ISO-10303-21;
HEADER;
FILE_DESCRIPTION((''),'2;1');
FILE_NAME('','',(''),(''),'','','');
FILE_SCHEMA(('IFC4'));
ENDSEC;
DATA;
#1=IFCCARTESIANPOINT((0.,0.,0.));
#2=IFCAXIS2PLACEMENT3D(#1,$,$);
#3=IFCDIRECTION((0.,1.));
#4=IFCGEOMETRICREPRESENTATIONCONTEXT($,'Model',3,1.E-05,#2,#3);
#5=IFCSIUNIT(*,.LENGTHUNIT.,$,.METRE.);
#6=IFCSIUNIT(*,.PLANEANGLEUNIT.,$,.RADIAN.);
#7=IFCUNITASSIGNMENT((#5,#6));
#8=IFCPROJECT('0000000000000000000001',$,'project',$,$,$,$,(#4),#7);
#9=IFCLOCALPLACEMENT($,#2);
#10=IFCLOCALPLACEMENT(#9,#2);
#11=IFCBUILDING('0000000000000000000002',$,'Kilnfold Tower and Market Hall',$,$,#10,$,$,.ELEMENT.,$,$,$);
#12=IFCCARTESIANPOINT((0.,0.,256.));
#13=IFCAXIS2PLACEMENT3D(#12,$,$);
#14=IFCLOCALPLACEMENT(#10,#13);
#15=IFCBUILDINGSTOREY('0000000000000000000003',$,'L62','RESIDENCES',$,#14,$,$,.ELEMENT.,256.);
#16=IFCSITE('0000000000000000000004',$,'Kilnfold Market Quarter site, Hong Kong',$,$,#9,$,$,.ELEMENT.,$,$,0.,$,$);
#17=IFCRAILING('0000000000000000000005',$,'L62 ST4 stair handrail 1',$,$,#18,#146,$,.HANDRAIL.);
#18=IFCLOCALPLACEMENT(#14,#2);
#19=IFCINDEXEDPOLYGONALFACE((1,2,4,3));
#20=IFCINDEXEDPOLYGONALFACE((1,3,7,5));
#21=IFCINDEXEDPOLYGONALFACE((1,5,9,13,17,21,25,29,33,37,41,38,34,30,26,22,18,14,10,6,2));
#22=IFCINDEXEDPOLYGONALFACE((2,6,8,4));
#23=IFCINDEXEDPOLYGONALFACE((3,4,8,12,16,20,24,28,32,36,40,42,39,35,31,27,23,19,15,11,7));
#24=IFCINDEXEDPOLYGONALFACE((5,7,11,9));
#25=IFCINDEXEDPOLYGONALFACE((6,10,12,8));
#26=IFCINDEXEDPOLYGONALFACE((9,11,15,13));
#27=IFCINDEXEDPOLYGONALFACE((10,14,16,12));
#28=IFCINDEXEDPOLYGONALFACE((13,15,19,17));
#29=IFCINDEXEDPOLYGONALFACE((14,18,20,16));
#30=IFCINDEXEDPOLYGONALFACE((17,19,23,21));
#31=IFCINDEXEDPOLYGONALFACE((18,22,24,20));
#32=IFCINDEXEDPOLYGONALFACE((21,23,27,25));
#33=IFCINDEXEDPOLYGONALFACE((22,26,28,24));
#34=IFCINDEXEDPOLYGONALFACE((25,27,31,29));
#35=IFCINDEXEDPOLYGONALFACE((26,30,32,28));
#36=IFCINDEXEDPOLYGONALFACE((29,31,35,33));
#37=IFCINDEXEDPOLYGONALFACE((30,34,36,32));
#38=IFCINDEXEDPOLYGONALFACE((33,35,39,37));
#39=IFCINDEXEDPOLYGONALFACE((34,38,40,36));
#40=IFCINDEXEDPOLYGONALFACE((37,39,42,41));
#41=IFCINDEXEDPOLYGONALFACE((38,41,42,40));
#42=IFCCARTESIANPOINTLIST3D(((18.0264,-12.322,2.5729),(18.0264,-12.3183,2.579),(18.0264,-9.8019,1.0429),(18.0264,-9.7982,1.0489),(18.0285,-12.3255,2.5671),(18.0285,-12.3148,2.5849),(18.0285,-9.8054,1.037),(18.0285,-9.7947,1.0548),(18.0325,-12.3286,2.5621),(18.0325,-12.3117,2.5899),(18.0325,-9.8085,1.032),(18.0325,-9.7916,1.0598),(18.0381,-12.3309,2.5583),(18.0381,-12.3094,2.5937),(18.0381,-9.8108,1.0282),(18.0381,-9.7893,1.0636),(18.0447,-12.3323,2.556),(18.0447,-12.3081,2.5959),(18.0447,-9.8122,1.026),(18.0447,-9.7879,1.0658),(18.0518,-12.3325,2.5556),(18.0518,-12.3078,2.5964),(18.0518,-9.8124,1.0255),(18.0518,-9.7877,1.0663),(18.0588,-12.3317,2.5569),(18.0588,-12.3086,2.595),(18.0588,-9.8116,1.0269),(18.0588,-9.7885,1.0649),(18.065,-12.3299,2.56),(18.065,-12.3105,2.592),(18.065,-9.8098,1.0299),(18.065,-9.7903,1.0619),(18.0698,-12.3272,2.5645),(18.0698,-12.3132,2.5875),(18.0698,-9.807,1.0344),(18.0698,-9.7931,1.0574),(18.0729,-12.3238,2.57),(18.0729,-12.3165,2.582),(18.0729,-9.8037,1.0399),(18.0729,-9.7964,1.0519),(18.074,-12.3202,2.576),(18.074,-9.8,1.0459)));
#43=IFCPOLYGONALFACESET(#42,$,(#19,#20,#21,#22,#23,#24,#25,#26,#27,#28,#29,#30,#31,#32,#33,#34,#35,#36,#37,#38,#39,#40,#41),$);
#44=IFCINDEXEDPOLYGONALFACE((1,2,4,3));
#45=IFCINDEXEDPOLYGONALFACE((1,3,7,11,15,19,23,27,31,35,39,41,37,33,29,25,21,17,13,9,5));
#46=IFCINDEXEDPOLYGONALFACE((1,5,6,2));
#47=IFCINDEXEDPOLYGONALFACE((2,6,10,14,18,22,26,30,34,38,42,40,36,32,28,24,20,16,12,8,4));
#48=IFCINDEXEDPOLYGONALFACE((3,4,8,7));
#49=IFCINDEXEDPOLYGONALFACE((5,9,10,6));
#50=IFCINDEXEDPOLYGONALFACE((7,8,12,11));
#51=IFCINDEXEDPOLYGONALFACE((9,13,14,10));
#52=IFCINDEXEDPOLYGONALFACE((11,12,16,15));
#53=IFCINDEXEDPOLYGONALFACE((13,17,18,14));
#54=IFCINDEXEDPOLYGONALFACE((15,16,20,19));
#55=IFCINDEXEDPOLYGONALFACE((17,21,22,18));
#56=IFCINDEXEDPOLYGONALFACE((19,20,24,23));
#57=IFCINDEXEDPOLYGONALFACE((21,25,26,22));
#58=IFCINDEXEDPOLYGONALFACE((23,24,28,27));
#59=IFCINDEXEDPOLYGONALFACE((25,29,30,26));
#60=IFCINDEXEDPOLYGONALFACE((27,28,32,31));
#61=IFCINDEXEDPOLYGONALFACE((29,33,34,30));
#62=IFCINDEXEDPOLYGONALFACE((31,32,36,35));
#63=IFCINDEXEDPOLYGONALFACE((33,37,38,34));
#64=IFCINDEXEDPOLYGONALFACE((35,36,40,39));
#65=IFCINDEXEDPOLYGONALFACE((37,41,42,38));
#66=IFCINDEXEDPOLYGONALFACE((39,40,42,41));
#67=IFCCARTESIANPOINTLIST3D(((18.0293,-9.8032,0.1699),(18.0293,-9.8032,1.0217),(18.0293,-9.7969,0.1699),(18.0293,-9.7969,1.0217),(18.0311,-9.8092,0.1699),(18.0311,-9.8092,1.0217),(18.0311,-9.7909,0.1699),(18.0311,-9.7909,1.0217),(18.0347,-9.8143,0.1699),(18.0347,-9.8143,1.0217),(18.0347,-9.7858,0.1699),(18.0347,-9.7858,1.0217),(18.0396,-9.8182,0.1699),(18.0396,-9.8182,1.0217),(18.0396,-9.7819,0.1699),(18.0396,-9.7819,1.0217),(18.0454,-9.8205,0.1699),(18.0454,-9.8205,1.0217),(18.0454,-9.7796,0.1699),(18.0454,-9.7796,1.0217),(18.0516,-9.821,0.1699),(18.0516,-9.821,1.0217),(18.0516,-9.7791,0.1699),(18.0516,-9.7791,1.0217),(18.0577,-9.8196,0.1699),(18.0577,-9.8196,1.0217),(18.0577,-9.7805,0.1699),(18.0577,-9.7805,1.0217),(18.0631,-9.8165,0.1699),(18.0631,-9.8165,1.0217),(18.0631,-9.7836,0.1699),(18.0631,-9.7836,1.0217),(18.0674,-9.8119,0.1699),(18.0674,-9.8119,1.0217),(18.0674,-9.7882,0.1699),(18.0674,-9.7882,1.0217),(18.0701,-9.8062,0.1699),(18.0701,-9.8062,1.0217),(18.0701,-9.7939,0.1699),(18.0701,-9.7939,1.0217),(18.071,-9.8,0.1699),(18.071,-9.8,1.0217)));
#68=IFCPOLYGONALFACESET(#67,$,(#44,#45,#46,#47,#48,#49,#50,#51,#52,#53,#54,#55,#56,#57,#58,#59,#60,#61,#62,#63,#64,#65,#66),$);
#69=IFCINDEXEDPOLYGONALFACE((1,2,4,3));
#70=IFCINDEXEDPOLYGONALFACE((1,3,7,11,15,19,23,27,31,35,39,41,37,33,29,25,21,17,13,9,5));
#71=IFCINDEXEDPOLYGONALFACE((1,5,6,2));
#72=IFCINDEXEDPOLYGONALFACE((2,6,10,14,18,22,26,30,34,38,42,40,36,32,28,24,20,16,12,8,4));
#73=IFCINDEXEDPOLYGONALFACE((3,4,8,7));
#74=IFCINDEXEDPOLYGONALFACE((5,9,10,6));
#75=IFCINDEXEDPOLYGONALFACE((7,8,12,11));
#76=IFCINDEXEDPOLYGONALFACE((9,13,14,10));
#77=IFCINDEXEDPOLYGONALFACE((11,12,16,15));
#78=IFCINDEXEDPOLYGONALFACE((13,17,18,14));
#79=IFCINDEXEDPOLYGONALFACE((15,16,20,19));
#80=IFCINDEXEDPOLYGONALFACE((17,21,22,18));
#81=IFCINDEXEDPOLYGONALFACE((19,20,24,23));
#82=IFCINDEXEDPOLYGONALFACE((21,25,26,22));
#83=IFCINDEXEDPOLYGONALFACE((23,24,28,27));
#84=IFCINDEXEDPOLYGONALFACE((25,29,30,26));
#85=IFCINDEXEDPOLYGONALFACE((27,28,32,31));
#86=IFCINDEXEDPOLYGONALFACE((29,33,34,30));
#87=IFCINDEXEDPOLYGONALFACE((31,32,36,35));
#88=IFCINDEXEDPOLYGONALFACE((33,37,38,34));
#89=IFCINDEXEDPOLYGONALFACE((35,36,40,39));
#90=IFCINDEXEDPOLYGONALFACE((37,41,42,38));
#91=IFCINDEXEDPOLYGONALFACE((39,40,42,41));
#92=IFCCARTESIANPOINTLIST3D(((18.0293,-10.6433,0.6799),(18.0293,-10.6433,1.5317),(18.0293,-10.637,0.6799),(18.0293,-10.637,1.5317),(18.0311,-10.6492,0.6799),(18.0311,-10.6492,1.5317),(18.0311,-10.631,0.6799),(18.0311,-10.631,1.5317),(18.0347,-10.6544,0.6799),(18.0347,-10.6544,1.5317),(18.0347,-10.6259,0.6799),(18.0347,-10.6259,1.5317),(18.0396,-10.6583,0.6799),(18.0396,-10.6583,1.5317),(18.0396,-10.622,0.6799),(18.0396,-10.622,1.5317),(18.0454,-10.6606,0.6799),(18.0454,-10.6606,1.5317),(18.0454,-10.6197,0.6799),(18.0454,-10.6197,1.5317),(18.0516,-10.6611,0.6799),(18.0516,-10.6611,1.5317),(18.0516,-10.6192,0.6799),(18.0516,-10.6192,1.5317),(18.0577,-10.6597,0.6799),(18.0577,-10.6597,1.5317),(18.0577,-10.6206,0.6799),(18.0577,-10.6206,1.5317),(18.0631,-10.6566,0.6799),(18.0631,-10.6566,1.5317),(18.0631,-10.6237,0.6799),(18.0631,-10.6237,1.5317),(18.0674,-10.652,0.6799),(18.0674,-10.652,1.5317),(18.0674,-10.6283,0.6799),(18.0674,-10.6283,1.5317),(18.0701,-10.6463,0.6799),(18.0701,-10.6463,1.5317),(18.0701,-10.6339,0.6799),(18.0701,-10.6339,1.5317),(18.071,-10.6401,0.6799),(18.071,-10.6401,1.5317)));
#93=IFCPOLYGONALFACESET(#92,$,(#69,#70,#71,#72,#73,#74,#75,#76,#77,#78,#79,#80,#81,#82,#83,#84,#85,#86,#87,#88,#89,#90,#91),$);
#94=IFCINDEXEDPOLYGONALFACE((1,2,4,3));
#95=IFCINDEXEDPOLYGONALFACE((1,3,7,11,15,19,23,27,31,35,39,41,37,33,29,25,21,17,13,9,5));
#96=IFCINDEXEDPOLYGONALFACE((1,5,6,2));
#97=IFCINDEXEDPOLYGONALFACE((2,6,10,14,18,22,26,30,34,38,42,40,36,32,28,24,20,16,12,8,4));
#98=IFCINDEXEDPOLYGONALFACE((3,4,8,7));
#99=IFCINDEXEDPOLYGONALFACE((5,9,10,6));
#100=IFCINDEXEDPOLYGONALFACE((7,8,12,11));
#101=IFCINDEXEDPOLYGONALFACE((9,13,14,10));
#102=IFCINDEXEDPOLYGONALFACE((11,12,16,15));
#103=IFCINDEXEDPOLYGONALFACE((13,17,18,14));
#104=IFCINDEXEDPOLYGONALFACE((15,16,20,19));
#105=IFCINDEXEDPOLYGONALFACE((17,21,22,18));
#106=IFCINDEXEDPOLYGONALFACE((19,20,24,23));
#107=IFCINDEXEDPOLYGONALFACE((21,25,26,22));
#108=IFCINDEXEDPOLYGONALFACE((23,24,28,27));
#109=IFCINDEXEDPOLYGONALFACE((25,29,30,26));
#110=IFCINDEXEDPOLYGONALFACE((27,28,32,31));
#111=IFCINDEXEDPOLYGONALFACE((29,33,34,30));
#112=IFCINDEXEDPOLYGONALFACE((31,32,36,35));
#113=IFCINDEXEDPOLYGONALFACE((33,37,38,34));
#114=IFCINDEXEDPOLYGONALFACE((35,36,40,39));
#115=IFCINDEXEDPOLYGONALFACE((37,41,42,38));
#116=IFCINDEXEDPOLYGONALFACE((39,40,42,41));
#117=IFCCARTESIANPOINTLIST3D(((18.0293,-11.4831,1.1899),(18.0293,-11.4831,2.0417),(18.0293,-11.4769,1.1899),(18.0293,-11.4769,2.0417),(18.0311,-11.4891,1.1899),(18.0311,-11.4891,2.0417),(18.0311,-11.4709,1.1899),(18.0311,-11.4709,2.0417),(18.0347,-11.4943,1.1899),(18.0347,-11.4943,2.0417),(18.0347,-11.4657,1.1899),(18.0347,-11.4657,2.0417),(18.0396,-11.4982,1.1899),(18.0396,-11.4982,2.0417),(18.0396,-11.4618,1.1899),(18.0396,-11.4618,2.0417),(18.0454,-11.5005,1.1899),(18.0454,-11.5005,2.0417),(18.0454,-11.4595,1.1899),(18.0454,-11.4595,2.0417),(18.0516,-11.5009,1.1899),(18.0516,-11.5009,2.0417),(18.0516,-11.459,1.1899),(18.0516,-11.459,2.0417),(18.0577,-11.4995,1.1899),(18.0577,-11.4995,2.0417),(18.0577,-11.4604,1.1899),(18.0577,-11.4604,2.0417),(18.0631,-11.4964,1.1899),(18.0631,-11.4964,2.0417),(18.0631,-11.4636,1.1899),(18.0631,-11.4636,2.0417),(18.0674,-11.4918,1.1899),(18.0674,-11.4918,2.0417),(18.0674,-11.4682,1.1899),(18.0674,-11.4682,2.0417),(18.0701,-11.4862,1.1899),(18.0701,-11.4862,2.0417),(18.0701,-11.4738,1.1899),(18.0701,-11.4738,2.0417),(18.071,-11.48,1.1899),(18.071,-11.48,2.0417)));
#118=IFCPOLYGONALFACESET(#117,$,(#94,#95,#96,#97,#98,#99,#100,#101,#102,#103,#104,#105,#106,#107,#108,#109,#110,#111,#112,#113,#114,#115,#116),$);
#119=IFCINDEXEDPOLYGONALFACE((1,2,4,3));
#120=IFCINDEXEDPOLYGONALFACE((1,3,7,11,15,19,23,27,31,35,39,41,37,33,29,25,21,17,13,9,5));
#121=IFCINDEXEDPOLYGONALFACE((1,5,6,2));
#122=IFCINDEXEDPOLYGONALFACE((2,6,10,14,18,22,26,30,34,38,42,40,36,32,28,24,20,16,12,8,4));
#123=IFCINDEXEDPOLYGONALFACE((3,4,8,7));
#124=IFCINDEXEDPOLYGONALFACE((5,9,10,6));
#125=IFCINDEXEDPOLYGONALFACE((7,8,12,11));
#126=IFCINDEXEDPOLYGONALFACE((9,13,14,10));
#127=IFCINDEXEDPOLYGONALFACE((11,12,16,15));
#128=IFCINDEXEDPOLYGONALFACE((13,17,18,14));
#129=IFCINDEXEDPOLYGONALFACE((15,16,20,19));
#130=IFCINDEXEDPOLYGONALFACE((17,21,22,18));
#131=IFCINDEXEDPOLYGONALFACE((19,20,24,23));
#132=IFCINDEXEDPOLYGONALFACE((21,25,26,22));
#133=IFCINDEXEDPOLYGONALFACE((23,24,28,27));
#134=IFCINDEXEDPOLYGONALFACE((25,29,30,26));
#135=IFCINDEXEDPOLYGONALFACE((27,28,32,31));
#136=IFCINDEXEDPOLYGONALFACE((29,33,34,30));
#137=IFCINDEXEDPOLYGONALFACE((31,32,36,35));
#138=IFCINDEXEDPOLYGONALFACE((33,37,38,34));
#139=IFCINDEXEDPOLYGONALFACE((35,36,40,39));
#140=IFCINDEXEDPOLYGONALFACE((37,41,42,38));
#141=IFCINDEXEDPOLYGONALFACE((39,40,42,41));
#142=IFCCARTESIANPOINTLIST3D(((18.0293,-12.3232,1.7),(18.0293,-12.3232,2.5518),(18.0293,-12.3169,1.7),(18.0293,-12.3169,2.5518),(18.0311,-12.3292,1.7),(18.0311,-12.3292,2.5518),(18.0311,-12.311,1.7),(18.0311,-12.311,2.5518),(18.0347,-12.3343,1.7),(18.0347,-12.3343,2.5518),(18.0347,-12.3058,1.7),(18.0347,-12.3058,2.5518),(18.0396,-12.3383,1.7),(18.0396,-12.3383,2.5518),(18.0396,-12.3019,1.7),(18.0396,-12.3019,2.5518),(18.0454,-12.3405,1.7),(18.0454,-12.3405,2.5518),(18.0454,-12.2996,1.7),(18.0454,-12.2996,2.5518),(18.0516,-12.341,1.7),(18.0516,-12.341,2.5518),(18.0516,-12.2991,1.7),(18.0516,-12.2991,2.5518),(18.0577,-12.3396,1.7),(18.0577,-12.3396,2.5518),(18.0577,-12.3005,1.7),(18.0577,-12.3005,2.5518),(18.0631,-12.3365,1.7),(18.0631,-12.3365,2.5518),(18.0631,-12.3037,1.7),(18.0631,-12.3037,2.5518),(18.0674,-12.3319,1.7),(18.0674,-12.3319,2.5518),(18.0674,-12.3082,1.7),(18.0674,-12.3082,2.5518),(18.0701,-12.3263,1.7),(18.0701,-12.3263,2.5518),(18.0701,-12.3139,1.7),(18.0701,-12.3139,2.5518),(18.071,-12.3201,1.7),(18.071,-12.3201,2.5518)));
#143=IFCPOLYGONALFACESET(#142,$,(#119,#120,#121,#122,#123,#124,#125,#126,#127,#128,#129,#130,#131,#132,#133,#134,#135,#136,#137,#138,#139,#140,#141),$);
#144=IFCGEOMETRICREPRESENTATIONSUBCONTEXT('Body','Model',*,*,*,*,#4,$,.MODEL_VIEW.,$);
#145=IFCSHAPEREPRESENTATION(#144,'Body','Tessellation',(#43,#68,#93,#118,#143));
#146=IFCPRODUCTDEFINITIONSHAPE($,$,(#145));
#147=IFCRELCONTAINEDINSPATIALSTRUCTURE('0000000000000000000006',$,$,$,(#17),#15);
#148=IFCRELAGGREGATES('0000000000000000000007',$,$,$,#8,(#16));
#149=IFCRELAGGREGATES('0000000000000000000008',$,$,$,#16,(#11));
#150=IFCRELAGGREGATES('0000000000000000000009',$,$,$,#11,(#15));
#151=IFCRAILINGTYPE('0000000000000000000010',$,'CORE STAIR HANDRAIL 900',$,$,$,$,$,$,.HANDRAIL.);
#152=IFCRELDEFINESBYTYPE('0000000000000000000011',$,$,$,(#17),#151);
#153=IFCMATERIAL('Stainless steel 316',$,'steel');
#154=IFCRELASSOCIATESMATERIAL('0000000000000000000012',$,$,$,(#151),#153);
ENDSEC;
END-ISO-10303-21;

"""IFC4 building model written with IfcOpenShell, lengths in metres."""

from ifc_helpers import new_model, si_unit, direction, frame, origin, origin_2d, place, context, subcontext, project, spatial, circle, extrude, material, type_object, element, save


model = new_model("IFC4")

# Units and contexts
model_context = context("Model", 3, precision=1e-05, world=origin(), true_north=direction((0.0, 1.0)))
body_context = subcontext(model_context, "Body", "Model", "MODEL_VIEW")
ifc_project = project(units=[si_unit("LENGTHUNIT", "METRE"), si_unit("PLANEANGLEUNIT", "RADIAN")], contexts=[model_context])

# Site, building, storey
site_placement = place(None, origin())
site = spatial("IfcSite", under=ifc_project, at=site_placement, Name="Kilnfold Market Quarter site, Hong Kong", CompositionType="ELEMENT", RefElevation=0.0)
building_placement = place(site_placement, origin())
building = spatial("IfcBuilding", under=site, at=building_placement, Name="Kilnfold Tower and Market Hall", CompositionType="ELEMENT")
storey_placement = place(building_placement, frame((0.0, 0.0, 256.0)))
storey = spatial("IfcBuildingStorey", under=building, at=storey_placement, Name="L62", Description="RESIDENCES", CompositionType="ELEMENT", Elevation=256.0)

# Railing
ifc_material_1 = material(Name="Stainless steel 316", Category="steel")
railing_type = type_object("IfcRailingType", Name="CORE STAIR HANDRAIL 900", PredefinedType="HANDRAIL", material=ifc_material_1)
railing_placement = place(storey_placement, frame((18.05, -9.8, 0.1699)))
element("IfcRailing", 1, at=railing_placement, inside=storey, type_object=railing_type, Name="L62 ST4 stair handrail 1", PredefinedType="HANDRAIL", context=body_context, shape_type="SweptSolid", body=[
    extrude(circle(Radius=0.0239, at=origin_2d()), frame((0.0, 0.0, 0.876), z_axis=(0.0, -0.854785, 0.518982), x_axis=(1.0, 0.0, 0.0)), (0.0, 0.0, 1.0), 2.9482),
    extrude(circle(Radius=0.021, at=origin_2d()), origin(), (0.0, 0.0, 1.0), 0.8518),
    extrude(circle(Radius=0.021, at=origin_2d()), frame((0.0, -0.8401, 0.51)), (0.0, 0.0, 1.0), 0.8518),
    extrude(circle(Radius=0.021, at=origin_2d()), frame((0.0, -1.6799, 1.02)), (0.0, 0.0, 1.0), 0.8518),
    extrude(circle(Radius=0.021, at=origin_2d()), frame((0.0, -2.52, 1.53)), (0.0, 0.0, 1.0), 0.8518),
])

save(model, "model.ifc")
